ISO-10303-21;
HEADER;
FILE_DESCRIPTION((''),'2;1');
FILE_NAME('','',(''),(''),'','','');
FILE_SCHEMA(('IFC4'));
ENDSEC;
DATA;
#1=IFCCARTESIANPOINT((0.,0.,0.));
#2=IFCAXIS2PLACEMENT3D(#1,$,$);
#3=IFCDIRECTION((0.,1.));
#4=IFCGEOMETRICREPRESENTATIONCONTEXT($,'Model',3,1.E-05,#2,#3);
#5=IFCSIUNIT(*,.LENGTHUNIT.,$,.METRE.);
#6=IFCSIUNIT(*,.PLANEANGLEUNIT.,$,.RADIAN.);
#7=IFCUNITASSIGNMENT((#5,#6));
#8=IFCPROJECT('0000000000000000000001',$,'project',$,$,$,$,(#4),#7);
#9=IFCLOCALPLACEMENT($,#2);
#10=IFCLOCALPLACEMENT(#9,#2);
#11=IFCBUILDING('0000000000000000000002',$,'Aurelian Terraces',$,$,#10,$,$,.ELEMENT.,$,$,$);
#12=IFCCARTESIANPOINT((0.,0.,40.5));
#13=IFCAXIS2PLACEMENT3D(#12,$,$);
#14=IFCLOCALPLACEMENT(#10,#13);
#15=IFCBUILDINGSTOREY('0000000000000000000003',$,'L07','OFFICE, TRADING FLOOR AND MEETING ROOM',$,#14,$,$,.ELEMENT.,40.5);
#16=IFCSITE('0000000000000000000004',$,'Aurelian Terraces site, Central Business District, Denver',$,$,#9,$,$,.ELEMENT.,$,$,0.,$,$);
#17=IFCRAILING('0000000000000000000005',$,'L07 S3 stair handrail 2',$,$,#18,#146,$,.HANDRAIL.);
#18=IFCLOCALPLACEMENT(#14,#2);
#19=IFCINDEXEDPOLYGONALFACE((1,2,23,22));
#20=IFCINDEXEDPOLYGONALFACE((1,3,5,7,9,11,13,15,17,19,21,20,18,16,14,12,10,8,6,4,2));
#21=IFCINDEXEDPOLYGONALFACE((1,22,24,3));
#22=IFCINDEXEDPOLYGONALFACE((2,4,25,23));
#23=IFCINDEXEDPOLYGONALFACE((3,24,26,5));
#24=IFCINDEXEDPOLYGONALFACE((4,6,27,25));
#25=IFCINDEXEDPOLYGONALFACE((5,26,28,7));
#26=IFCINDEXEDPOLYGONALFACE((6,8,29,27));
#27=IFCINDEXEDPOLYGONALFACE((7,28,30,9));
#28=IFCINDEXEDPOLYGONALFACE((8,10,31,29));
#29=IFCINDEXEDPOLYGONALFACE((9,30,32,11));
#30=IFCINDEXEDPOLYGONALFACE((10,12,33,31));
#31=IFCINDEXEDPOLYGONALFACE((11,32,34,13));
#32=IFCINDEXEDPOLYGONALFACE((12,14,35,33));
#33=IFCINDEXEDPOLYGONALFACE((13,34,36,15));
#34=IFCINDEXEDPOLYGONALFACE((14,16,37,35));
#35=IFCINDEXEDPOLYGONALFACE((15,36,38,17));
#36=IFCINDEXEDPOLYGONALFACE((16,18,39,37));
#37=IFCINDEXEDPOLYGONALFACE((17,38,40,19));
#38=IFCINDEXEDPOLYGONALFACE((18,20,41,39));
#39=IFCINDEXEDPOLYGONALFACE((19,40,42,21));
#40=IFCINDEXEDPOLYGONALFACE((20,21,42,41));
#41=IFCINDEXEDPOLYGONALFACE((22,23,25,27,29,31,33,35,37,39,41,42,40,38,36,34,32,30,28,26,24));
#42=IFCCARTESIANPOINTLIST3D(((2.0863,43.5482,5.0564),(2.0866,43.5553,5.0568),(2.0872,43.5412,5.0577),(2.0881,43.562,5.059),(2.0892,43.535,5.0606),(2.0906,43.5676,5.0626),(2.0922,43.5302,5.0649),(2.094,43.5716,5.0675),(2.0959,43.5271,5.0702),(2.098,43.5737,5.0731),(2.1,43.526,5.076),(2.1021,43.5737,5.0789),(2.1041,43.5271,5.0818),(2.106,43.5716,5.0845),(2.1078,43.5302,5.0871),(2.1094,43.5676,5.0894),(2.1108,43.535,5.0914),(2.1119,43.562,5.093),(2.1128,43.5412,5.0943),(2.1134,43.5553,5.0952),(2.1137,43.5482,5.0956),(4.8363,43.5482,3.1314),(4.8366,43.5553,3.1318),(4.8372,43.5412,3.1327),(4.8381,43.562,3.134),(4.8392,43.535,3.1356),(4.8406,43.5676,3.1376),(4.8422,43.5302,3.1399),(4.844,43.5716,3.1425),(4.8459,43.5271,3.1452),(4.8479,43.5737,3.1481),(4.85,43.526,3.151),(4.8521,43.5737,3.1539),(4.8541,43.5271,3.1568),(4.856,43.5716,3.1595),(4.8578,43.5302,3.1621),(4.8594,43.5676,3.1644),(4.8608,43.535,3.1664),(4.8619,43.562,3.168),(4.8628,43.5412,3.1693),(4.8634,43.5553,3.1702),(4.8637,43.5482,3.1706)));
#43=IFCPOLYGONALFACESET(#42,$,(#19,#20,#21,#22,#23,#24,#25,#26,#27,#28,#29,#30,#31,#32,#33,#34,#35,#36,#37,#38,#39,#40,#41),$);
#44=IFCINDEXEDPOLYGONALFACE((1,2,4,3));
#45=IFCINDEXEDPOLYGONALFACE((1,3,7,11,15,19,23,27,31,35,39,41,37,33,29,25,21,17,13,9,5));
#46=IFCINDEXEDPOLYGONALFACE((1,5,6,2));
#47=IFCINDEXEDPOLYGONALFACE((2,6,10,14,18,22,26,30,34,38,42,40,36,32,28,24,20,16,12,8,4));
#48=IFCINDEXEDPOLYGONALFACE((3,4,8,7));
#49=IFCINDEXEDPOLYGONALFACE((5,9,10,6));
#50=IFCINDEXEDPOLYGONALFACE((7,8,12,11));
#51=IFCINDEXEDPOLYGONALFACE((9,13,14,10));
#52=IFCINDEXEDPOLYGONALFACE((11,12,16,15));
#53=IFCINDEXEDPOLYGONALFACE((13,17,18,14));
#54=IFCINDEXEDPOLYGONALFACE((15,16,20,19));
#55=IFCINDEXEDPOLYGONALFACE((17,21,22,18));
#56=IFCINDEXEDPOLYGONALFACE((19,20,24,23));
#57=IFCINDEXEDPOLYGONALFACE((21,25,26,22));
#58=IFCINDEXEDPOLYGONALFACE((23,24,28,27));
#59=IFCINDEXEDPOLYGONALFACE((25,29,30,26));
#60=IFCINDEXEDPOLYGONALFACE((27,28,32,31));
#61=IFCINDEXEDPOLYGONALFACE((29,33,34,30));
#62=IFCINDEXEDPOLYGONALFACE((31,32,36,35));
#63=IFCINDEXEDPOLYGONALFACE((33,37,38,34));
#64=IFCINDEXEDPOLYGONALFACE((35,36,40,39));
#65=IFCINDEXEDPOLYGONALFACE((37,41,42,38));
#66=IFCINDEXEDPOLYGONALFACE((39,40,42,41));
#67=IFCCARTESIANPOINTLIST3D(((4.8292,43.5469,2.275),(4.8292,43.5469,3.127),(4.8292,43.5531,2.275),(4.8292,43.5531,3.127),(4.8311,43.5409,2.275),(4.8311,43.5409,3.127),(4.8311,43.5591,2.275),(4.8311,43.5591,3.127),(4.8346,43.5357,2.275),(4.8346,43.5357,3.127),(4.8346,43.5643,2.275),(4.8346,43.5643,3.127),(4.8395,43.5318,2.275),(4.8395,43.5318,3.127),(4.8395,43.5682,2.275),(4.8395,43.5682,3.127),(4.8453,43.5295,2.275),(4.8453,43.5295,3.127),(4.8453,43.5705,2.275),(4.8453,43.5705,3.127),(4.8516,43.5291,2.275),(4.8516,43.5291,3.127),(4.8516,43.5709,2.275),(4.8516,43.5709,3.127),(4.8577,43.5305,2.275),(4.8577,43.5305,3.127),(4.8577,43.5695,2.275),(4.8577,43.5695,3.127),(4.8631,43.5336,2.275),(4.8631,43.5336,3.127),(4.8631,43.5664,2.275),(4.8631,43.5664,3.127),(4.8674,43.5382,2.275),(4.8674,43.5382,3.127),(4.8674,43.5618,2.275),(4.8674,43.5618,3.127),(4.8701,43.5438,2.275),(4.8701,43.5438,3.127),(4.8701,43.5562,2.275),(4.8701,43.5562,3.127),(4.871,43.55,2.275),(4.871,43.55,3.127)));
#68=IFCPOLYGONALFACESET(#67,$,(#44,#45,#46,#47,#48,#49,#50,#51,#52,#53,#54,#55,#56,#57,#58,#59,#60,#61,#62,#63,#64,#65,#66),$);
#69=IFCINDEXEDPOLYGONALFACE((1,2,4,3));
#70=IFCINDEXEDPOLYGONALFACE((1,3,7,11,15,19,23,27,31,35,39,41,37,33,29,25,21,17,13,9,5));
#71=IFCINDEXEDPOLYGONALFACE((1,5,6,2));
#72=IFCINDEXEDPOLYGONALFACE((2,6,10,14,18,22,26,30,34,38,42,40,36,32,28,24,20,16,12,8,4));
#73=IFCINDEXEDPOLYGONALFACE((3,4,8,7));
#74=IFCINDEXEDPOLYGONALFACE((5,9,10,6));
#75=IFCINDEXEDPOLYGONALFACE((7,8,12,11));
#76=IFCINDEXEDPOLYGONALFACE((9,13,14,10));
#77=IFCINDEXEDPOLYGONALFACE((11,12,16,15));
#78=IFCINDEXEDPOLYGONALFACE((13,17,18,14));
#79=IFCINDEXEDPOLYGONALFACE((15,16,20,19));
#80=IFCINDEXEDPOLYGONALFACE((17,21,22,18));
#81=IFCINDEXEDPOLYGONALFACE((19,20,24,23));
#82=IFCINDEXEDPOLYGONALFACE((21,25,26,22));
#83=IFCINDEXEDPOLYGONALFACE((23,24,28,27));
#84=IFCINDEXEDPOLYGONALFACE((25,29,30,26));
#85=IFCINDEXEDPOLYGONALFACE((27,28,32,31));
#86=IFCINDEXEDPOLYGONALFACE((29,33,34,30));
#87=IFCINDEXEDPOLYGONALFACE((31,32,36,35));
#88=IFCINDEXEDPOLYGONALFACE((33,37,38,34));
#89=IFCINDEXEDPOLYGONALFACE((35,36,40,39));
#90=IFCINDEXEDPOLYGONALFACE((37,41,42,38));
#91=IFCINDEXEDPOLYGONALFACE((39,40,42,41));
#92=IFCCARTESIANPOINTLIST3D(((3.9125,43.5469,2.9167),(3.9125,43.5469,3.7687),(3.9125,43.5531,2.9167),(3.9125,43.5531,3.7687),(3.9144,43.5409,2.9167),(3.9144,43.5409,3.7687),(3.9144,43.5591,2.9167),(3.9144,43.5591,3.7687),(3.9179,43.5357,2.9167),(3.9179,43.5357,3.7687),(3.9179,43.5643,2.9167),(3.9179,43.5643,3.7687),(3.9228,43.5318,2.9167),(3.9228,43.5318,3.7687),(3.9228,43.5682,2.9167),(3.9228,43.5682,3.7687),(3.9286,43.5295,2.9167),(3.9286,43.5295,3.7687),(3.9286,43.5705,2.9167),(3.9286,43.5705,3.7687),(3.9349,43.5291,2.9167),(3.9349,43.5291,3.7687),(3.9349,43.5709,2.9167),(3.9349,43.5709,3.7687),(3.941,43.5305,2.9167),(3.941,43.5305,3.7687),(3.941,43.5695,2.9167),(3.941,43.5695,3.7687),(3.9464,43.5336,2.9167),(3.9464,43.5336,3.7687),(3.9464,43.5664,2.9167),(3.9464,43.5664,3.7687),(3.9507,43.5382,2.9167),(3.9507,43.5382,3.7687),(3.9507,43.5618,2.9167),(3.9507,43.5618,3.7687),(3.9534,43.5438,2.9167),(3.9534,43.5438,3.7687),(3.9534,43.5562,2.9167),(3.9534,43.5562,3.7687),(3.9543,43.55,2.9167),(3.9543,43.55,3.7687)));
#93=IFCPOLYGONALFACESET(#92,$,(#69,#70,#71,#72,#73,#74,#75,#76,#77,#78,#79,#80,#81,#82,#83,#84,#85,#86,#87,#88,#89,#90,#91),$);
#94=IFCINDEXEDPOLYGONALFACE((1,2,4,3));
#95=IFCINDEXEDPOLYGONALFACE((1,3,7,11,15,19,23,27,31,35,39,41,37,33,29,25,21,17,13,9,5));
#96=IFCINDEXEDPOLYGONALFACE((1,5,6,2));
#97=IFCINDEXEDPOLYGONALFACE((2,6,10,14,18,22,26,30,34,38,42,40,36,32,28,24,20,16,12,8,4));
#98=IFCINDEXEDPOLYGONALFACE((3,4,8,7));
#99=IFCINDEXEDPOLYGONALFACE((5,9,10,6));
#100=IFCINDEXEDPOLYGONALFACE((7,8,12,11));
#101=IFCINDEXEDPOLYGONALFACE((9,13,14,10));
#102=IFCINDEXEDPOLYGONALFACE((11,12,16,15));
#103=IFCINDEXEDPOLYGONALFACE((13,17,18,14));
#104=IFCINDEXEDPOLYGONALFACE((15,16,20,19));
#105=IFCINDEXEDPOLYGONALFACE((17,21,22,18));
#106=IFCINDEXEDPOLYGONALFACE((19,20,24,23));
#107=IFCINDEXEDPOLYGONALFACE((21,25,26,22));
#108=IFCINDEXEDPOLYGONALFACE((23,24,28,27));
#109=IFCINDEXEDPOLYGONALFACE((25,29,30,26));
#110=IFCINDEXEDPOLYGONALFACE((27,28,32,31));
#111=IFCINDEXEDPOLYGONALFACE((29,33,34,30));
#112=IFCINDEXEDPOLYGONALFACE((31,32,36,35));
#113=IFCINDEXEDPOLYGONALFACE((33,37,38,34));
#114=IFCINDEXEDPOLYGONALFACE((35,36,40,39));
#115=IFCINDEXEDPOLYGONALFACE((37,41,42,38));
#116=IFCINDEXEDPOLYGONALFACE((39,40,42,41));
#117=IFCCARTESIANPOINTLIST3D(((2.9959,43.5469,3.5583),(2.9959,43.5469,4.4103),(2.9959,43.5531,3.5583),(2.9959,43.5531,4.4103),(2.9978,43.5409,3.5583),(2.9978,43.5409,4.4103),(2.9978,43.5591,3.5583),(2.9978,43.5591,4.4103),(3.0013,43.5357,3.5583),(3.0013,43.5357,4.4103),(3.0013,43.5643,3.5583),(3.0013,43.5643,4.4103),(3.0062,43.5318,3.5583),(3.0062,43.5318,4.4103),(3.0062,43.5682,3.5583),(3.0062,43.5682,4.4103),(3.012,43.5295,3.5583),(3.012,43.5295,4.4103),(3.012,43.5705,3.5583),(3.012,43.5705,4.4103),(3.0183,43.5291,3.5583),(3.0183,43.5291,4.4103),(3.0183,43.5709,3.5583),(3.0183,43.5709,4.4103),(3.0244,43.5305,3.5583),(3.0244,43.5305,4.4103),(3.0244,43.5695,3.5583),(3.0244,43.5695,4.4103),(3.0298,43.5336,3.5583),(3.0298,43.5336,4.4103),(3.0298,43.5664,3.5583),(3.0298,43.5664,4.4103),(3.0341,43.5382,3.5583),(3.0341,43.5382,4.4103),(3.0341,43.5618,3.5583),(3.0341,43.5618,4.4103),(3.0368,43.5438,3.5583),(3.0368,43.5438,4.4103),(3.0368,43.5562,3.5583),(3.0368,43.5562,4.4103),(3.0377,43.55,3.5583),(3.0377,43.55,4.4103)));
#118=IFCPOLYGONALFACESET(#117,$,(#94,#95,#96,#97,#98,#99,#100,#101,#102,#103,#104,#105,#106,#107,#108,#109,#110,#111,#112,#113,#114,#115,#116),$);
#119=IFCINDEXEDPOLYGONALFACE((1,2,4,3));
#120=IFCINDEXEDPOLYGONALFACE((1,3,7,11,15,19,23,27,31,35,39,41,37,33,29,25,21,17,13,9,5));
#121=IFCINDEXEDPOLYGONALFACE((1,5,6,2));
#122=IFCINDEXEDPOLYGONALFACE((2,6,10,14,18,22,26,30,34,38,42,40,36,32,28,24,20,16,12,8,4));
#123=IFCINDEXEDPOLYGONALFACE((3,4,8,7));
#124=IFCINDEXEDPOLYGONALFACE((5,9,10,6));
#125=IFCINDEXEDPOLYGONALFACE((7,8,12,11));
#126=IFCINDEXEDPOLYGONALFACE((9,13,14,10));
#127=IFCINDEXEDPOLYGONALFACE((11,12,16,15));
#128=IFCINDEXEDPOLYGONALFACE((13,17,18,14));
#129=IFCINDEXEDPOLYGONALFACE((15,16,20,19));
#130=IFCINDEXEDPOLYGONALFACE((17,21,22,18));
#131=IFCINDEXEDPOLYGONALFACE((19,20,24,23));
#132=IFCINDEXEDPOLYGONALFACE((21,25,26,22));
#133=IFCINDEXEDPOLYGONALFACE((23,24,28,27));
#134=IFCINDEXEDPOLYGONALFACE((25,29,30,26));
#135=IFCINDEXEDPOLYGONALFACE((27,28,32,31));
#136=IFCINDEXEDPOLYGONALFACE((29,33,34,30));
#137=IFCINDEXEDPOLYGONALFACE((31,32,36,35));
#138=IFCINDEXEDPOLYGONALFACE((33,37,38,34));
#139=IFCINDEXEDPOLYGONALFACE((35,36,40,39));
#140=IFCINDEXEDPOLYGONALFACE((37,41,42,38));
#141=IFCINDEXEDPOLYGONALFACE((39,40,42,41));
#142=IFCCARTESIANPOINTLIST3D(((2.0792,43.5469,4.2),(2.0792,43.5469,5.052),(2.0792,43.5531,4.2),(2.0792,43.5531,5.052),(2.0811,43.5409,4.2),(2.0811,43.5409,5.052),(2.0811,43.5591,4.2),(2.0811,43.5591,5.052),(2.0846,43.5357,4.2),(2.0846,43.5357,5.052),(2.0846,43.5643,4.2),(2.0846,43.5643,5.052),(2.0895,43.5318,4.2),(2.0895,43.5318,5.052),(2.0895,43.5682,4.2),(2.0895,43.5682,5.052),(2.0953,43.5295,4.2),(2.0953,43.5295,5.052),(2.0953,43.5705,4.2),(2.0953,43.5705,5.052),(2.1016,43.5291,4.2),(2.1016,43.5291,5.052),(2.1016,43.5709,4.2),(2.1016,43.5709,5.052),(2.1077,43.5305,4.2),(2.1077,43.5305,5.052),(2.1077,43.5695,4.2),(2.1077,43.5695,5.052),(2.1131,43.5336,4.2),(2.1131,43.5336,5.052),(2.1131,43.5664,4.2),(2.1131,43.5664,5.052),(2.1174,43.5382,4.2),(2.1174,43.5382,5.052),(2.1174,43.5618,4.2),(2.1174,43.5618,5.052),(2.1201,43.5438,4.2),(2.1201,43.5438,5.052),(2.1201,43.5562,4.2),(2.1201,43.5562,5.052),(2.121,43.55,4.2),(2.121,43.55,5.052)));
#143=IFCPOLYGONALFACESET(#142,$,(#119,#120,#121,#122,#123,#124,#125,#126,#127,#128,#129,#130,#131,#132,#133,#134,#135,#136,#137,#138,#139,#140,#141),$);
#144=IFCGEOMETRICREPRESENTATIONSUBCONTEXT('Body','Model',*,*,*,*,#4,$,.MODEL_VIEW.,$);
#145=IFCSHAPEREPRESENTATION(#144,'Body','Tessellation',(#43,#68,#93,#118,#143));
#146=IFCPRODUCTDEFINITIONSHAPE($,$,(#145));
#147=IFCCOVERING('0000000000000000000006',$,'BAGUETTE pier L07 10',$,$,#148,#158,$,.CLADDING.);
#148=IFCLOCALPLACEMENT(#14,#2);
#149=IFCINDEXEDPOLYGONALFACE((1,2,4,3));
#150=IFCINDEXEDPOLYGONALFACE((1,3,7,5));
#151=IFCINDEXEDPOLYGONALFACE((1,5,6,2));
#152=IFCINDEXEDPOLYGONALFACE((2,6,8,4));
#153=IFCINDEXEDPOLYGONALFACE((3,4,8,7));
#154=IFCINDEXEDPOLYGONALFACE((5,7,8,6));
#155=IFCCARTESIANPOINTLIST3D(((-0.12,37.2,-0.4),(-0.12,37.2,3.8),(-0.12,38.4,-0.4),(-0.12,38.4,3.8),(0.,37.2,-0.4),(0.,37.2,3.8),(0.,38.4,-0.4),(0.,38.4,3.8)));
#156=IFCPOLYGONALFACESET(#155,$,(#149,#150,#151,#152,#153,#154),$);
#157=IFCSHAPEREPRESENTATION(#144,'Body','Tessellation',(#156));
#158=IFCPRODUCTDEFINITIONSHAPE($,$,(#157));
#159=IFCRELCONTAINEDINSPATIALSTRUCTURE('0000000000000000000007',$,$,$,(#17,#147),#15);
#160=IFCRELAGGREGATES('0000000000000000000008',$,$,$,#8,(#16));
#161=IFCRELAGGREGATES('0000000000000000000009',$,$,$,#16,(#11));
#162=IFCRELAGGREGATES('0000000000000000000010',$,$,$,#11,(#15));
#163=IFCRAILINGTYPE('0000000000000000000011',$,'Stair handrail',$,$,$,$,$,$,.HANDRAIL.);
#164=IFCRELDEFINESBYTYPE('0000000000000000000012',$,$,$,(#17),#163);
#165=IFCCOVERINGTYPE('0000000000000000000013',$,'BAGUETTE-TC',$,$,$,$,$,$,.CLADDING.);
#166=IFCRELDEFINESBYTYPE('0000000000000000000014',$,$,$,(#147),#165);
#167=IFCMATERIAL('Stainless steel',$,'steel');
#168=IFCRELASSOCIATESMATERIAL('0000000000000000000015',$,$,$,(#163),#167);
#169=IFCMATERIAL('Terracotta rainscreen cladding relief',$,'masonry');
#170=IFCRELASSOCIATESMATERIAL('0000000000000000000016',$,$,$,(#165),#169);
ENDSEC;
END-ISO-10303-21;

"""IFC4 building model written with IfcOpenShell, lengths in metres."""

from ifc_helpers import new_model, si_unit, direction, frame, origin, origin_2d, place, context, subcontext, project, spatial, rectangle, circle, extrude, source, transform, mapped, material, type_object, element, save


model = new_model("IFC4")

# Units and contexts
model_context = context("Model", 3, precision=1e-05, world=origin(), true_north=direction((0.0, 1.0)))
body_context = subcontext(model_context, "Body", "Model", "MODEL_VIEW")
ifc_project = project(units=[si_unit("LENGTHUNIT", "METRE"), si_unit("PLANEANGLEUNIT", "RADIAN")], contexts=[model_context])

# Site, building, storey
site_placement = place(None, origin())
site = spatial("IfcSite", under=ifc_project, at=site_placement, Name="Aurelian Terraces site, Central Business District, Denver", CompositionType="ELEMENT", RefElevation=0.0)
building_placement = place(site_placement, origin())
building = spatial("IfcBuilding", under=site, at=building_placement, Name="Aurelian Terraces", CompositionType="ELEMENT")
storey_placement = place(building_placement, frame((0.0, 0.0, 40.5)))
storey = spatial("IfcBuildingStorey", under=building, at=storey_placement, Name="L07", Description="OFFICE, TRADING FLOOR AND MEETING ROOM", CompositionType="ELEMENT", Elevation=40.5)

# Railing
ifc_material_1 = material(Name="Stainless steel", Category="steel")
railing_type_1 = type_object("IfcRailingType", Name="Stair handrail", PredefinedType="HANDRAIL", material=ifc_material_1)
railing_1_placement = place(storey_placement, frame((4.85, 43.55, 2.275)))
element("IfcRailing", 1, at=railing_1_placement, inside=storey, type_object=railing_type_1, Name="L07 S3 stair handrail 2", PredefinedType="HANDRAIL", context=body_context, shape_type="SweptSolid", body=[
    extrude(circle(Radius=0.024, at=origin_2d()), frame((0.0, 0.0, 0.876), z_axis=(-0.819232, 0.0, 0.573462), x_axis=(0.0, -1.0, 0.0)), (0.0, 0.0, 1.0), 3.3568),
    extrude(circle(Radius=0.021, at=origin_2d()), origin(), (0.0, 0.0, 1.0), 0.852),
    extrude(circle(Radius=0.021, at=origin_2d()), frame((-0.9167, 0.0, 0.6417)), (0.0, 0.0, 1.0), 0.852),
    extrude(circle(Radius=0.021, at=origin_2d()), frame((-1.8333, 0.0, 1.2833)), (0.0, 0.0, 1.0), 0.852),
    extrude(circle(Radius=0.021, at=origin_2d()), frame((-2.75, 0.0, 1.925)), (0.0, 0.0, 1.0), 0.852),
])

# Covering
ifc_material_2 = material(Name="Terracotta rainscreen cladding relief", Category="masonry")
covering_type = type_object("IfcCoveringType", Name="BAGUETTE-TC", PredefinedType="CLADDING", material=ifc_material_2)
shared_shape_1 = source(origin(), body_context, "Body", "SweptSolid", [
    extrude(rectangle(XDim=0.12, YDim=1.2, at=origin_2d()), origin(), (0.0, 0.0, 1.0), 4.2),
])
covering_placement = place(storey_placement, frame((-0.06, 37.8, -0.4), z_axis=(0.0, 0.0, 1.0), x_axis=(1.0, 0.0, 0.0)))
element("IfcCovering", 2, at=covering_placement, inside=storey, type_object=covering_type, Name="BAGUETTE pier L07 10", PredefinedType="CLADDING", context=body_context, shape_type="MappedRepresentation", body=[
    mapped(shared_shape_1, transform((0.0, 0.0, 0.0), scale=1.0)),
])

save(model, "model.ifc")
